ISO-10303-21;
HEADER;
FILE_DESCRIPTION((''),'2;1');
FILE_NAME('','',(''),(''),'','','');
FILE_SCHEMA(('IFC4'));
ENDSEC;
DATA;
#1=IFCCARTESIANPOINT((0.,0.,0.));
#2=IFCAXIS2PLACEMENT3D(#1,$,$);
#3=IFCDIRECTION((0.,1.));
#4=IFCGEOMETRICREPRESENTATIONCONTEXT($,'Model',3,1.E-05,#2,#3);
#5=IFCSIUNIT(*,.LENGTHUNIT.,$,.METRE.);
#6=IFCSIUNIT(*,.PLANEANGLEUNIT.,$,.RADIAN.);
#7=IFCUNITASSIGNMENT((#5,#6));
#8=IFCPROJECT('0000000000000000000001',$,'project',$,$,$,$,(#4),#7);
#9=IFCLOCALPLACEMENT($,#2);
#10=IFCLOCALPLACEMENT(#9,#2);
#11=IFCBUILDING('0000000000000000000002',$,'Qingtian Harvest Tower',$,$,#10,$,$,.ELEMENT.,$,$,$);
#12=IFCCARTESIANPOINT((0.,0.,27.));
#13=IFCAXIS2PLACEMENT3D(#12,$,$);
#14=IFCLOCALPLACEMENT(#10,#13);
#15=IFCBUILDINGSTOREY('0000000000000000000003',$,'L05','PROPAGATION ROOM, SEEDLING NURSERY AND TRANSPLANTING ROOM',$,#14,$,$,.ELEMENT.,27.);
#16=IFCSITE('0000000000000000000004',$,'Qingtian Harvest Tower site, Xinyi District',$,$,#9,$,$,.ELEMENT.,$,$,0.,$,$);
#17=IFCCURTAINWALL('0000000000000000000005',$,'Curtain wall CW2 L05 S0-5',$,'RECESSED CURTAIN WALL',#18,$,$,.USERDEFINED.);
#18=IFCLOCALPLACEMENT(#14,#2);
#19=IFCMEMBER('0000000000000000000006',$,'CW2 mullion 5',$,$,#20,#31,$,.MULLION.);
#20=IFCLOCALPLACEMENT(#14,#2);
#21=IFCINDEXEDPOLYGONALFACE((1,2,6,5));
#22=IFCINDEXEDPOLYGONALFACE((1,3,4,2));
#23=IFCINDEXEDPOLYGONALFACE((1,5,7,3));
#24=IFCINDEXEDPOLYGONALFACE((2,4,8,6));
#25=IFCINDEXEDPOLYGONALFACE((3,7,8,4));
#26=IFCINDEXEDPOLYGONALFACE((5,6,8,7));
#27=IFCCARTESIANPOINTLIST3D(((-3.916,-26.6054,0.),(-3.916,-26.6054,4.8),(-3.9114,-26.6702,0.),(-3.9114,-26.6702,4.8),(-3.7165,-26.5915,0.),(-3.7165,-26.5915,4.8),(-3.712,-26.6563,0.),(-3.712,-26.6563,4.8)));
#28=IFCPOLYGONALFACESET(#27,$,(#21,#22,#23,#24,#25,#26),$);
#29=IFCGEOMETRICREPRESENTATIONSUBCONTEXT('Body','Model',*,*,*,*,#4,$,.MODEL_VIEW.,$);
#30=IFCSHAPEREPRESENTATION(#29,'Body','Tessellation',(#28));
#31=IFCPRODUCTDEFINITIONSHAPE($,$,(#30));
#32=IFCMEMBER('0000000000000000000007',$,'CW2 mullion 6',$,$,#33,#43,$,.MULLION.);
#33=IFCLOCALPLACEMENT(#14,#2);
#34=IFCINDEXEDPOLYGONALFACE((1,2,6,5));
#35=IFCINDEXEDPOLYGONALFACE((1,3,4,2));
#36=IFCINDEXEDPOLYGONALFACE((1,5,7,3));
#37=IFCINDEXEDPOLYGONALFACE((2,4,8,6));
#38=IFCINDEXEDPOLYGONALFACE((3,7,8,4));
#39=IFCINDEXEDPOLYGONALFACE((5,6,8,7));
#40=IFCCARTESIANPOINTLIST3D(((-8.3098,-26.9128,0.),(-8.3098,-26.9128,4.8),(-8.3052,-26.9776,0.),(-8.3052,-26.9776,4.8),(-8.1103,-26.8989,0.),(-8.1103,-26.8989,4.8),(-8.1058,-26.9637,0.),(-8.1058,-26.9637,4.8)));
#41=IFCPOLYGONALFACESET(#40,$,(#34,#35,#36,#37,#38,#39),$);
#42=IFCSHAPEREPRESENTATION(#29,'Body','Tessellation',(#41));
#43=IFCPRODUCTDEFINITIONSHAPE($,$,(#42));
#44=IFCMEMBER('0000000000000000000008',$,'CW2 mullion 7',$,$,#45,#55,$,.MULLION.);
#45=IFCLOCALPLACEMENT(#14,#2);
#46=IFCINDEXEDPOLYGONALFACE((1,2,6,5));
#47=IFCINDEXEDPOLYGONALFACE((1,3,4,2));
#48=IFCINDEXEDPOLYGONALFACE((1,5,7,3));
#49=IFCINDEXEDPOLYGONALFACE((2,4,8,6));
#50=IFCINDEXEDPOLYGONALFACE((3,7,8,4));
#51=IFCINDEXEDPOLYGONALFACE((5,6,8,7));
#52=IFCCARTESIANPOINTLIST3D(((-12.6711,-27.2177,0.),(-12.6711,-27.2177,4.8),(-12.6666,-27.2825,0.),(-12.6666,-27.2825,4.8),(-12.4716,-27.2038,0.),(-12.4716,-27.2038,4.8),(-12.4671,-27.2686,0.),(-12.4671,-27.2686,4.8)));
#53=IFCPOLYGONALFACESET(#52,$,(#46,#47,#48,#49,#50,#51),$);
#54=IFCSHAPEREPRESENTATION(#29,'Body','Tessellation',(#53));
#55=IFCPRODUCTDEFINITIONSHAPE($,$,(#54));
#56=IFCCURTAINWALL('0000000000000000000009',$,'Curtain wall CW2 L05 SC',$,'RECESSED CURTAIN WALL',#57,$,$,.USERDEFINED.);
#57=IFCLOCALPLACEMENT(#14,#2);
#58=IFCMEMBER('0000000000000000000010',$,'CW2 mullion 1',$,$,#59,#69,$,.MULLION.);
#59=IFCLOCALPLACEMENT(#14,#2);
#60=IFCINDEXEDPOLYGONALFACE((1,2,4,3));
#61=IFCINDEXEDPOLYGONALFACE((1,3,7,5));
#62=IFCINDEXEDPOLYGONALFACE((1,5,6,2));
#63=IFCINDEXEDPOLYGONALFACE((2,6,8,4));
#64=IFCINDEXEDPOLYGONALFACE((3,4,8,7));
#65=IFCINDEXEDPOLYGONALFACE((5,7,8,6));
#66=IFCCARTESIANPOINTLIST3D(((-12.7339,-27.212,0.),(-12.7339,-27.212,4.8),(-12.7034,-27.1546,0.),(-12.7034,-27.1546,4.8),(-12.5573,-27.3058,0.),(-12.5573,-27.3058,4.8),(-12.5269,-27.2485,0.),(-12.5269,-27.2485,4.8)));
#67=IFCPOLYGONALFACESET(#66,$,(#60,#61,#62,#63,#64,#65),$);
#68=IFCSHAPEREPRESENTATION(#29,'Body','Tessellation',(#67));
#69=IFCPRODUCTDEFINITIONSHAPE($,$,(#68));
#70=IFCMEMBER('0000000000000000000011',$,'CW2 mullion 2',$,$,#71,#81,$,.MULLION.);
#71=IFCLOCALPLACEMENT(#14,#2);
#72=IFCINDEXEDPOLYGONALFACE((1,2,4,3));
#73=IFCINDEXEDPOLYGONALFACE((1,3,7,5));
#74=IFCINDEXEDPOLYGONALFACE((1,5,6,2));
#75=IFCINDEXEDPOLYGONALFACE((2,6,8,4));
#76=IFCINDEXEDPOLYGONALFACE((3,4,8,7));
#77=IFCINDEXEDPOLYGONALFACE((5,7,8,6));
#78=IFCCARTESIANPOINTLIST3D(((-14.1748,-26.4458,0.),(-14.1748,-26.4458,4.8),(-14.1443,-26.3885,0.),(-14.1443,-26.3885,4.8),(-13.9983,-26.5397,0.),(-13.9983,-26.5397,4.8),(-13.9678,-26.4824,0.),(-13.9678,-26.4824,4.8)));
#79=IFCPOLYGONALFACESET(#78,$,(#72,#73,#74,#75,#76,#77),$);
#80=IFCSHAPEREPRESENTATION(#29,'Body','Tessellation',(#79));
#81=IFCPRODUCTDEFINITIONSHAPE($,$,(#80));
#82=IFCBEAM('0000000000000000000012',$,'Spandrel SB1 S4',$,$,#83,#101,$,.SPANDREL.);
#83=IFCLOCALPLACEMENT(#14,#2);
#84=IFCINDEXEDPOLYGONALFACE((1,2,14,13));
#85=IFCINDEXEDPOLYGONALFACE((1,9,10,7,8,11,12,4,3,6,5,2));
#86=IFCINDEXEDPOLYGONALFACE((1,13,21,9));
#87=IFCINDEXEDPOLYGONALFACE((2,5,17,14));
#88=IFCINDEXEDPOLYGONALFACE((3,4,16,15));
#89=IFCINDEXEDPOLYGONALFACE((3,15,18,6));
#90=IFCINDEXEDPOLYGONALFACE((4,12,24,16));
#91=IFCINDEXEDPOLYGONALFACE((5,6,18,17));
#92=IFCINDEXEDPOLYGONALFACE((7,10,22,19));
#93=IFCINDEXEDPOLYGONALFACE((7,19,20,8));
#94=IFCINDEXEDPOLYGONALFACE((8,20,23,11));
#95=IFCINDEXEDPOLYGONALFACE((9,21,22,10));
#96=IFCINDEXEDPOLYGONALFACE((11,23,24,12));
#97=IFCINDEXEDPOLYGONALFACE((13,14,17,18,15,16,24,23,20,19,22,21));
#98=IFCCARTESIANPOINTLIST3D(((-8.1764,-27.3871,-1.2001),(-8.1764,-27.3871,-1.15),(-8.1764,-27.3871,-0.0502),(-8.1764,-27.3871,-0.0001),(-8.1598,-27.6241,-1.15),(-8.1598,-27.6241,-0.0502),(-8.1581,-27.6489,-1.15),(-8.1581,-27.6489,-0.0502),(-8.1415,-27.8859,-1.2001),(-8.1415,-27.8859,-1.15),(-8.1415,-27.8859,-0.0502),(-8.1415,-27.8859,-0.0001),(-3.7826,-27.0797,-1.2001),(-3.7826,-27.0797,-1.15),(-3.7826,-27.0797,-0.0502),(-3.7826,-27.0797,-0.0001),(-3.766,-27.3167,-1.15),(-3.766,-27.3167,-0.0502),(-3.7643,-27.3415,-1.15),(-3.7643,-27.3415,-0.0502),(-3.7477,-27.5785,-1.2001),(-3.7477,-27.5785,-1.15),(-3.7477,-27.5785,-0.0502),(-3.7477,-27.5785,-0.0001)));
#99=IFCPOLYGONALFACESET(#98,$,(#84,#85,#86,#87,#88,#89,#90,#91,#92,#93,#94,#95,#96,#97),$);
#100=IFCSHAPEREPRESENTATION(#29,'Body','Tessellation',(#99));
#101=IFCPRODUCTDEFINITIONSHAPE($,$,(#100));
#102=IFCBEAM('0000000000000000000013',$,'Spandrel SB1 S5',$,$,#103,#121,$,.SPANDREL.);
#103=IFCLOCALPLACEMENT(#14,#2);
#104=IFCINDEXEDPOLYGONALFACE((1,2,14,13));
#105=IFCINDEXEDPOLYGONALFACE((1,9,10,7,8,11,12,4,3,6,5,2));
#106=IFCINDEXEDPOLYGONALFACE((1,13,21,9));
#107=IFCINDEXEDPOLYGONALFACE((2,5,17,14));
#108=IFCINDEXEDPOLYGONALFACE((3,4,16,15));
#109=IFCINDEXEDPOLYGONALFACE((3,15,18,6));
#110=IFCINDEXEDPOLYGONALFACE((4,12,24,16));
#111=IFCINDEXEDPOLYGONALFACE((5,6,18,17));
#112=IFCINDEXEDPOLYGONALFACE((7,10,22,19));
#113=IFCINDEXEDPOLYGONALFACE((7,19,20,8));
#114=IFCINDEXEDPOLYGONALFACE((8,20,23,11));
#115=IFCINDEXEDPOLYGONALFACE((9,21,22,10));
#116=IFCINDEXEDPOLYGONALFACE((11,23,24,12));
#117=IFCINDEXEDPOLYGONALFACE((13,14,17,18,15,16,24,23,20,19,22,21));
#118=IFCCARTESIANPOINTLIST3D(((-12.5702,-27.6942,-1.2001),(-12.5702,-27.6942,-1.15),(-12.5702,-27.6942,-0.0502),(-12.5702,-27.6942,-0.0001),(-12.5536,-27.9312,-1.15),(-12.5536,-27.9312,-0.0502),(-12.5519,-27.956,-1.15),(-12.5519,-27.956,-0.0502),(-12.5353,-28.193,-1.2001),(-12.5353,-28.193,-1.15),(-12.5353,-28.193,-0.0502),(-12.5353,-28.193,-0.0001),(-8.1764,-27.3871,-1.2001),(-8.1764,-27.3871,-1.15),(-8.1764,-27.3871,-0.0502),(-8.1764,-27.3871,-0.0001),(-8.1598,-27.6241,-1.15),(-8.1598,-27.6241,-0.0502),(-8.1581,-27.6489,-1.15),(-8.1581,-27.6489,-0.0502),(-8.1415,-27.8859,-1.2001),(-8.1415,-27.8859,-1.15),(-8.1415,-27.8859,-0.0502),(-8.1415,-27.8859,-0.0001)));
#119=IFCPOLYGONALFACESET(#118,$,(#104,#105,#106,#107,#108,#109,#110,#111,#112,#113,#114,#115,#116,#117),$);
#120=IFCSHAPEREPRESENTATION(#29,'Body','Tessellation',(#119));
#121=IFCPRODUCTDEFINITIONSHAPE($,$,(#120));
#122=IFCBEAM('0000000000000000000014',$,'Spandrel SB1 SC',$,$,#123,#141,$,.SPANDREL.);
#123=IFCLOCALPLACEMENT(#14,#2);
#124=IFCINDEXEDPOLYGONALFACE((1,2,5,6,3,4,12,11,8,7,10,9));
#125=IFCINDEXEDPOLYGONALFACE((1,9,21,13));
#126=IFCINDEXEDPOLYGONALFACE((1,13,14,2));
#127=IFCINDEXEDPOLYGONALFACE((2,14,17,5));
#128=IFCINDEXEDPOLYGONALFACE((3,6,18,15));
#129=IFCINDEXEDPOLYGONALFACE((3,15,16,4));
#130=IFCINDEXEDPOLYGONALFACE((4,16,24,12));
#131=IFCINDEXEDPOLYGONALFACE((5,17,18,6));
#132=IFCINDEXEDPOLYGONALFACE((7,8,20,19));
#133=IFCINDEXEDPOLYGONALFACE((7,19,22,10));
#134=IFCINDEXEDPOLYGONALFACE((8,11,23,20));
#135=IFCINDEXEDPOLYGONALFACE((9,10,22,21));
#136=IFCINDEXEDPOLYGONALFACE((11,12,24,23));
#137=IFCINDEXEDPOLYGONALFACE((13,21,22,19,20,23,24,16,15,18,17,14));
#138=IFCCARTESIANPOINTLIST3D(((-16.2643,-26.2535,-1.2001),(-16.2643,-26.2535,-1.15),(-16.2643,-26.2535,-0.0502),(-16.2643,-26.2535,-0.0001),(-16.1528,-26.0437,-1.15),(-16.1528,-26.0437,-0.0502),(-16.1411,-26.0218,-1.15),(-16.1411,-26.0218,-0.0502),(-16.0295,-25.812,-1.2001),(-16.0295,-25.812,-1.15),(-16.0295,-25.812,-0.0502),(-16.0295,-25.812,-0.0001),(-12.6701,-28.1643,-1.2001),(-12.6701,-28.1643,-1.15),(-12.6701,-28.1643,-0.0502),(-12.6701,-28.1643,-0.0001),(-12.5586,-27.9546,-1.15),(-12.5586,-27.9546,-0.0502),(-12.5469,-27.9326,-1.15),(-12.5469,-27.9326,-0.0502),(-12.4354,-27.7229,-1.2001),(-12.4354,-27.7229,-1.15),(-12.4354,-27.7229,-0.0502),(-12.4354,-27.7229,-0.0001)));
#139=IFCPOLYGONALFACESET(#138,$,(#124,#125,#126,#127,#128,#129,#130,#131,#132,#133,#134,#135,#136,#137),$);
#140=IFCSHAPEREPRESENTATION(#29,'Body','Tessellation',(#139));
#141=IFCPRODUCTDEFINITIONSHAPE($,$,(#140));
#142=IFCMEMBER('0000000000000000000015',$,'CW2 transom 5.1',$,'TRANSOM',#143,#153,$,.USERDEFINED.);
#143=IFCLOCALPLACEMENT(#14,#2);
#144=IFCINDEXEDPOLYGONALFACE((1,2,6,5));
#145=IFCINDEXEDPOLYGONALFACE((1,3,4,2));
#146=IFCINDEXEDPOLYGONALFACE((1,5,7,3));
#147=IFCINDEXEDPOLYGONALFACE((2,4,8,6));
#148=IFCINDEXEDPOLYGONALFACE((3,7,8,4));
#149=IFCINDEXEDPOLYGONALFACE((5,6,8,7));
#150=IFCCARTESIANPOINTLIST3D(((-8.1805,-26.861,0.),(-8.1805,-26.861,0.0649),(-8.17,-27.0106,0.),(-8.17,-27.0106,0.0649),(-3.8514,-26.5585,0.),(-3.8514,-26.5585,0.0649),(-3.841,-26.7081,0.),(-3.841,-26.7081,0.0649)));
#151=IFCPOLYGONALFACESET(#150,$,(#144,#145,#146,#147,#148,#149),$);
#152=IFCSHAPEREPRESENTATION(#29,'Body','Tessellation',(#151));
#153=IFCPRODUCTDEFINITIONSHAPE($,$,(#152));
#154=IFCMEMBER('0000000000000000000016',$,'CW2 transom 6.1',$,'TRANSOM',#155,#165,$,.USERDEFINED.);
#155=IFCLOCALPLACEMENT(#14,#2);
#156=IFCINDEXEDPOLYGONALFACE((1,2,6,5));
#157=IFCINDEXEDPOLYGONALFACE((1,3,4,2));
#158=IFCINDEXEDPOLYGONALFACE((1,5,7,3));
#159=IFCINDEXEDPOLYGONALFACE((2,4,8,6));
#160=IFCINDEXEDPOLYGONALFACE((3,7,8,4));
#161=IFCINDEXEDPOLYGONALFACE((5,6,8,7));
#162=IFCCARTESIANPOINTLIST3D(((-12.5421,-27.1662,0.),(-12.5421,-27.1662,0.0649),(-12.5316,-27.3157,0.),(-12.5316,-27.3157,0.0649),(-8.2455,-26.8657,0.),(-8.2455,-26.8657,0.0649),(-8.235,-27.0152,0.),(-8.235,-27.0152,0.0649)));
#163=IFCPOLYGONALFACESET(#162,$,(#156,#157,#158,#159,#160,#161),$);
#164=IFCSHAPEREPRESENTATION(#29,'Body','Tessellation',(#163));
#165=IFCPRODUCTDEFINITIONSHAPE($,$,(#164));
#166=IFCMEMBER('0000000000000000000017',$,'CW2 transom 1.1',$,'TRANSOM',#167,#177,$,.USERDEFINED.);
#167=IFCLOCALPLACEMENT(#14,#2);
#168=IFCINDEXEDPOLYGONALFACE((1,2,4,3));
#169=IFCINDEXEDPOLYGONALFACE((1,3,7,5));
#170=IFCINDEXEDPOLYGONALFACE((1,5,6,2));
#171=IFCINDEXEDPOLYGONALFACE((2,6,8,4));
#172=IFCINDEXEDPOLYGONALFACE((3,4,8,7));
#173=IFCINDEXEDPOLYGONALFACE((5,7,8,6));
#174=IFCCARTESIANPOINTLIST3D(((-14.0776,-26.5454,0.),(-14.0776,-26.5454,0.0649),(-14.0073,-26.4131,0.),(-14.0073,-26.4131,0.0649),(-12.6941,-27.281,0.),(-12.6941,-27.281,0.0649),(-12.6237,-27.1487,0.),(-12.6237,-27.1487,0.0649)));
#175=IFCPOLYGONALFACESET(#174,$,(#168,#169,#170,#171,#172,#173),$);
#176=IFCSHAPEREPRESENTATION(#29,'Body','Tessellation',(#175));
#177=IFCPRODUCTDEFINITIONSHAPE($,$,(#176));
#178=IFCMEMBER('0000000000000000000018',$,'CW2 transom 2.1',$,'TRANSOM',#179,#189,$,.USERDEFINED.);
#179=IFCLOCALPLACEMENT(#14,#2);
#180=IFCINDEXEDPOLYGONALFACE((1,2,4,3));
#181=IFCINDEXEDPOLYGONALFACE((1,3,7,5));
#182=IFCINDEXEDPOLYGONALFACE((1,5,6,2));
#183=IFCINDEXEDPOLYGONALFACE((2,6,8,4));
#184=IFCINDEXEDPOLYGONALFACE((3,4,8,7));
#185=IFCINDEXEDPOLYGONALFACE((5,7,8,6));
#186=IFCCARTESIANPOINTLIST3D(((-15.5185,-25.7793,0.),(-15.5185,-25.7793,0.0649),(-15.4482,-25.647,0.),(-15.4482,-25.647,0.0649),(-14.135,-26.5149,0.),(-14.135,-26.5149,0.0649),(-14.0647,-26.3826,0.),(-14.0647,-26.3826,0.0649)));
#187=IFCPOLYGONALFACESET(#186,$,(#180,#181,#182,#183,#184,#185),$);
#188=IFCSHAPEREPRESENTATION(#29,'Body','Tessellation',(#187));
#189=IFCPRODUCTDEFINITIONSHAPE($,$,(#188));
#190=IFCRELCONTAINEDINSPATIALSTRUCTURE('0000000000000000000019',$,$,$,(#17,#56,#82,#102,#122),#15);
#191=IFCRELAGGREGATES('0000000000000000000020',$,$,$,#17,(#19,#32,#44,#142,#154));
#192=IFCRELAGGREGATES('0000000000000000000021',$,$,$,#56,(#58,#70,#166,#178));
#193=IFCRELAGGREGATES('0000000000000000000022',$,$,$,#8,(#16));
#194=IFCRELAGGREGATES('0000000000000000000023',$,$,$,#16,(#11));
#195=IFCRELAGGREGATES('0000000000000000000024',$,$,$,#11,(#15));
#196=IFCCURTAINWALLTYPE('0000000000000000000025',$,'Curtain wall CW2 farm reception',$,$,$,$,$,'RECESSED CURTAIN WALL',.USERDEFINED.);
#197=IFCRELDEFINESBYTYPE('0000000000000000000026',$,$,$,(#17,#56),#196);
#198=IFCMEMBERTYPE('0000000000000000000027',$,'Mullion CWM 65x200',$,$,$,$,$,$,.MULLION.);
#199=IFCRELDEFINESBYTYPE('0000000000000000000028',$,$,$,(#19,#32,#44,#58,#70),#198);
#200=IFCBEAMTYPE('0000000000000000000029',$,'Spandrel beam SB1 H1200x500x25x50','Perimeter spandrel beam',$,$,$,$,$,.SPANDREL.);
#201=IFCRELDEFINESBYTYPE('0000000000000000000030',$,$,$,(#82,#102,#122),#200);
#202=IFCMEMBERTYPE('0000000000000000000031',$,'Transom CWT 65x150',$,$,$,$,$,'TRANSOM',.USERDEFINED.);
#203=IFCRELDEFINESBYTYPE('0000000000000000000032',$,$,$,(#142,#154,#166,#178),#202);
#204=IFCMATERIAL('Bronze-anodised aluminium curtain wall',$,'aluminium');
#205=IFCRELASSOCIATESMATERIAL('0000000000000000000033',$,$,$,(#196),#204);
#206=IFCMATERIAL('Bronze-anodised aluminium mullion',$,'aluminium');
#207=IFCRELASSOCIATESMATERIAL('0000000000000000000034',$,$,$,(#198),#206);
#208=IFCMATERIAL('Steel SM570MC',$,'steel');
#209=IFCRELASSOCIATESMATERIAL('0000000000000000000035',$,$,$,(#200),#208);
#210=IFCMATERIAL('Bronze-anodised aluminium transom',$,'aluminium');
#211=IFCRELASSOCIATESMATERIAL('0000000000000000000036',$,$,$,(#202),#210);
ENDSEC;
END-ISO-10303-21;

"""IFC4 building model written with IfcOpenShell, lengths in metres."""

from ifc_helpers import new_model, si_unit, direction, frame, origin, origin_2d, place, context, subcontext, project, spatial, rectangle, i_section, extrude, material, material_profile, profile_set, type_object, element, aggregate, save


model = new_model("IFC4")

# Units and contexts
model_context = context("Model", 3, precision=1e-05, world=origin(), true_north=direction((0.0, 1.0)))
body_context = subcontext(model_context, "Body", "Model", "MODEL_VIEW")
ifc_project = project(units=[si_unit("LENGTHUNIT", "METRE"), si_unit("PLANEANGLEUNIT", "RADIAN")], contexts=[model_context])

# Site, building, storey
site_placement = place(None, origin())
site = spatial("IfcSite", under=ifc_project, at=site_placement, Name="Qingtian Harvest Tower site, Xinyi District", CompositionType="ELEMENT", RefElevation=0.0)
building_placement = place(site_placement, origin())
building = spatial("IfcBuilding", under=site, at=building_placement, Name="Qingtian Harvest Tower", CompositionType="ELEMENT")
storey_placement = place(building_placement, frame((0.0, 0.0, 27.0)))
storey = spatial("IfcBuildingStorey", under=building, at=storey_placement, Name="L05", Description="PROPAGATION ROOM, SEEDLING NURSERY AND TRANSPLANTING ROOM", CompositionType="ELEMENT", Elevation=27.0)

# Curtain walls, members
ifc_material_1 = material(Name="Bronze-anodised aluminium curtain wall", Category="aluminium")
curtain_wall_type = type_object("IfcCurtainWallType", Name="Curtain wall CW2 farm reception", ElementType="RECESSED CURTAIN WALL", PredefinedType="USERDEFINED", material=ifc_material_1)
curtain_wall_1_placement = place(storey_placement, origin())
curtain_wall_1 = element("IfcCurtainWall", 1, at=curtain_wall_1_placement, inside=storey, type_object=curtain_wall_type, Name="Curtain wall CW2 L05 S0-5", ObjectType="RECESSED CURTAIN WALL", PredefinedType="USERDEFINED")
ifc_material_2 = material(Name="Bronze-anodised aluminium mullion", Category="aluminium")
ifc_material_profile_1 = material_profile(ifc_material_2, rectangle(XDim=0.0649, YDim=0.2, at=origin_2d()), Name="AL 65x200")
ifc_profile_set_1 = profile_set([ifc_material_profile_1], Name="Bronze-anodised aluminium mullion")
member_type_1 = type_object("IfcMemberType", Name="Mullion CWM 65x200", PredefinedType="MULLION", material=ifc_profile_set_1)
member_1_placement = place(storey_placement, frame((-3.814, -26.6309, 0.0), z_axis=(0.0, 0.0, 1.0), x_axis=(0.069756, -0.997564, 0.0)))
member_1 = element("IfcMember", 2, at=member_1_placement, type_object=member_type_1, Name="CW2 mullion 5", PredefinedType="MULLION", context=body_context, shape_type="SweptSolid", body=[
    extrude(rectangle(XDim=0.0649, YDim=0.2, at=origin_2d()), origin(), (0.0, 0.0, 1.0), 4.8),
])
member_2_placement = place(storey_placement, frame((-8.2078, -26.9382, 0.0), z_axis=(0.0, 0.0, 1.0), x_axis=(0.069756, -0.997564, 0.0)))
member_2 = element("IfcMember", 3, at=member_2_placement, type_object=member_type_1, Name="CW2 mullion 6", PredefinedType="MULLION", context=body_context, shape_type="SweptSolid", body=[
    extrude(rectangle(XDim=0.0649, YDim=0.2, at=origin_2d()), origin(), (0.0, 0.0, 1.0), 4.8),
])
member_3_placement = place(storey_placement, frame((-12.5691, -27.2432, 0.0), z_axis=(0.0, 0.0, 1.0), x_axis=(0.069756, -0.997564, 0.0)))
member_3 = element("IfcMember", 4, at=member_3_placement, type_object=member_type_1, Name="CW2 mullion 7", PredefinedType="MULLION", context=body_context, shape_type="SweptSolid", body=[
    extrude(rectangle(XDim=0.0649, YDim=0.2, at=origin_2d()), origin(), (0.0, 0.0, 1.0), 4.8),
])
curtain_wall_2_placement = place(storey_placement, origin())
curtain_wall_2 = element("IfcCurtainWall", 5, at=curtain_wall_2_placement, inside=storey, type_object=curtain_wall_type, Name="Curtain wall CW2 L05 SC", ObjectType="RECESSED CURTAIN WALL", PredefinedType="USERDEFINED")
member_4_placement = place(storey_placement, frame((-12.6304, -27.2302, 0.0), z_axis=(0.0, 0.0, 1.0), x_axis=(-0.469472, -0.882948, 0.0)))
member_4 = element("IfcMember", 6, at=member_4_placement, type_object=member_type_1, Name="CW2 mullion 1", PredefinedType="MULLION", context=body_context, shape_type="SweptSolid", body=[
    extrude(rectangle(XDim=0.0649, YDim=0.2, at=origin_2d()), origin(), (0.0, 0.0, 1.0), 4.8),
])
member_5_placement = place(storey_placement, frame((-14.0713, -26.4641, 0.0), z_axis=(0.0, 0.0, 1.0), x_axis=(-0.469472, -0.882948, 0.0)))
member_5 = element("IfcMember", 7, at=member_5_placement, type_object=member_type_1, Name="CW2 mullion 2", PredefinedType="MULLION", context=body_context, shape_type="SweptSolid", body=[
    extrude(rectangle(XDim=0.0649, YDim=0.2, at=origin_2d()), origin(), (0.0, 0.0, 1.0), 4.8),
])

# Beams
ifc_material_3 = material(Name="Steel SM570MC", Category="steel")
ifc_material_profile_2 = material_profile(ifc_material_3, i_section(OverallWidth=0.5, OverallDepth=1.2, WebThickness=0.0249, FlangeThickness=0.05, at=origin_2d()), Name="H1200x500x25x50")
ifc_profile_set_2 = profile_set([ifc_material_profile_2], Name="Steel SM570MC")
beam_type_1 = type_object("IfcBeamType", Name="Spandrel beam SB1 H1200x500x25x50", Description="Perimeter spandrel beam", PredefinedType="SPANDREL", material=ifc_profile_set_2)
for number, where, z_axis, x_axis, name in (
    (8, (-3.7651, -27.3291, -0.6001), (-0.997562, -0.069786, 0.0), (0.069786, -0.997562, 0.0), "Spandrel SB1 S4"),
    (9, (-8.1589, -27.6365, -0.6001), (-0.997566, -0.06973, 0.0), (0.06973, -0.997566, 0.0), "Spandrel SB1 S5"),
):
    element("IfcBeam", number, at=place(storey_placement, frame(where, z_axis=z_axis, x_axis=x_axis)), inside=storey, type_object=beam_type_1, Name=name, PredefinedType="SPANDREL", context=body_context, shape_type="SweptSolid", body=[
        extrude(i_section(OverallWidth=0.5, OverallDepth=1.2, WebThickness=0.0249, FlangeThickness=0.05, at=origin_2d()), origin(), (0.0, 0.0, 1.0), 4.4045),
    ])
beam_1_placement = place(storey_placement, frame((-12.5527, -27.9436, -0.6001), z_axis=(-0.882968, 0.469433, 0.0), x_axis=(-0.469433, -0.882968, 0.0)))
element("IfcBeam", 10, at=beam_1_placement, inside=storey, type_object=beam_type_1, Name="Spandrel SB1 SC", PredefinedType="SPANDREL", context=body_context, shape_type="SweptSolid", body=[
    extrude(i_section(OverallWidth=0.5, OverallDepth=1.2, WebThickness=0.0249, FlangeThickness=0.05, at=origin_2d()), origin(), (0.0, 0.0, 1.0), 4.0706),
])

# Members
ifc_material_4 = material(Name="Bronze-anodised aluminium transom", Category="aluminium")
ifc_material_profile_3 = material_profile(ifc_material_4, rectangle(XDim=0.1499, YDim=0.0649, at=origin_2d()), Name="AL 65x150")
ifc_profile_set_3 = profile_set([ifc_material_profile_3], Name="Bronze-anodised aluminium transom")
member_type_2 = type_object("IfcMemberType", Name="Transom CWT 65x150", ElementType="TRANSOM", PredefinedType="USERDEFINED", material=ifc_profile_set_3)
member_6_placement = place(storey_placement, frame((-3.8462, -26.6333, 0.0325), z_axis=(-0.997568, -0.069704, 0.0), x_axis=(0.069704, -0.997568, 0.0)))
member_6 = element("IfcMember", 11, at=member_6_placement, type_object=member_type_2, Name="CW2 transom 5.1", ObjectType="TRANSOM", PredefinedType="USERDEFINED", context=body_context, shape_type="SweptSolid", body=[
    extrude(rectangle(XDim=0.1499, YDim=0.0649, at=origin_2d()), origin(), (0.0, 0.0, 1.0), 4.3396),
])
member_7_placement = place(storey_placement, frame((-8.2402, -26.9404, 0.0325), z_axis=(-0.997563, -0.069777, 0.0), x_axis=(0.069777, -0.997563, 0.0)))
member_7 = element("IfcMember", 12, at=member_7_placement, type_object=member_type_2, Name="CW2 transom 6.1", ObjectType="TRANSOM", PredefinedType="USERDEFINED", context=body_context, shape_type="SweptSolid", body=[
    extrude(rectangle(XDim=0.1499, YDim=0.0649, at=origin_2d()), origin(), (0.0, 0.0, 1.0), 4.3071),
])
member_8_placement = place(storey_placement, frame((-12.6589, -27.2148, 0.0325), z_axis=(-0.88296, 0.469448, 0.0), x_axis=(-0.469448, -0.88296, 0.0)))
member_8 = element("IfcMember", 13, at=member_8_placement, type_object=member_type_2, Name="CW2 transom 1.1", ObjectType="TRANSOM", PredefinedType="USERDEFINED", context=body_context, shape_type="SweptSolid", body=[
    extrude(rectangle(XDim=0.1499, YDim=0.0649, at=origin_2d()), origin(), (0.0, 0.0, 1.0), 1.5669),
])
member_9_placement = place(storey_placement, frame((-14.0999, -26.4487, 0.0325), z_axis=(-0.88296, 0.469448, 0.0), x_axis=(-0.469448, -0.88296, 0.0)))
member_9 = element("IfcMember", 14, at=member_9_placement, type_object=member_type_2, Name="CW2 transom 2.1", ObjectType="TRANSOM", PredefinedType="USERDEFINED", context=body_context, shape_type="SweptSolid", body=[
    extrude(rectangle(XDim=0.1499, YDim=0.0649, at=origin_2d()), origin(), (0.0, 0.0, 1.0), 1.5669),
])

aggregate(curtain_wall_1, [member_1, member_2, member_3, member_6, member_7])
aggregate(curtain_wall_2, [member_4, member_5, member_8, member_9])

save(model, "model.ifc")
